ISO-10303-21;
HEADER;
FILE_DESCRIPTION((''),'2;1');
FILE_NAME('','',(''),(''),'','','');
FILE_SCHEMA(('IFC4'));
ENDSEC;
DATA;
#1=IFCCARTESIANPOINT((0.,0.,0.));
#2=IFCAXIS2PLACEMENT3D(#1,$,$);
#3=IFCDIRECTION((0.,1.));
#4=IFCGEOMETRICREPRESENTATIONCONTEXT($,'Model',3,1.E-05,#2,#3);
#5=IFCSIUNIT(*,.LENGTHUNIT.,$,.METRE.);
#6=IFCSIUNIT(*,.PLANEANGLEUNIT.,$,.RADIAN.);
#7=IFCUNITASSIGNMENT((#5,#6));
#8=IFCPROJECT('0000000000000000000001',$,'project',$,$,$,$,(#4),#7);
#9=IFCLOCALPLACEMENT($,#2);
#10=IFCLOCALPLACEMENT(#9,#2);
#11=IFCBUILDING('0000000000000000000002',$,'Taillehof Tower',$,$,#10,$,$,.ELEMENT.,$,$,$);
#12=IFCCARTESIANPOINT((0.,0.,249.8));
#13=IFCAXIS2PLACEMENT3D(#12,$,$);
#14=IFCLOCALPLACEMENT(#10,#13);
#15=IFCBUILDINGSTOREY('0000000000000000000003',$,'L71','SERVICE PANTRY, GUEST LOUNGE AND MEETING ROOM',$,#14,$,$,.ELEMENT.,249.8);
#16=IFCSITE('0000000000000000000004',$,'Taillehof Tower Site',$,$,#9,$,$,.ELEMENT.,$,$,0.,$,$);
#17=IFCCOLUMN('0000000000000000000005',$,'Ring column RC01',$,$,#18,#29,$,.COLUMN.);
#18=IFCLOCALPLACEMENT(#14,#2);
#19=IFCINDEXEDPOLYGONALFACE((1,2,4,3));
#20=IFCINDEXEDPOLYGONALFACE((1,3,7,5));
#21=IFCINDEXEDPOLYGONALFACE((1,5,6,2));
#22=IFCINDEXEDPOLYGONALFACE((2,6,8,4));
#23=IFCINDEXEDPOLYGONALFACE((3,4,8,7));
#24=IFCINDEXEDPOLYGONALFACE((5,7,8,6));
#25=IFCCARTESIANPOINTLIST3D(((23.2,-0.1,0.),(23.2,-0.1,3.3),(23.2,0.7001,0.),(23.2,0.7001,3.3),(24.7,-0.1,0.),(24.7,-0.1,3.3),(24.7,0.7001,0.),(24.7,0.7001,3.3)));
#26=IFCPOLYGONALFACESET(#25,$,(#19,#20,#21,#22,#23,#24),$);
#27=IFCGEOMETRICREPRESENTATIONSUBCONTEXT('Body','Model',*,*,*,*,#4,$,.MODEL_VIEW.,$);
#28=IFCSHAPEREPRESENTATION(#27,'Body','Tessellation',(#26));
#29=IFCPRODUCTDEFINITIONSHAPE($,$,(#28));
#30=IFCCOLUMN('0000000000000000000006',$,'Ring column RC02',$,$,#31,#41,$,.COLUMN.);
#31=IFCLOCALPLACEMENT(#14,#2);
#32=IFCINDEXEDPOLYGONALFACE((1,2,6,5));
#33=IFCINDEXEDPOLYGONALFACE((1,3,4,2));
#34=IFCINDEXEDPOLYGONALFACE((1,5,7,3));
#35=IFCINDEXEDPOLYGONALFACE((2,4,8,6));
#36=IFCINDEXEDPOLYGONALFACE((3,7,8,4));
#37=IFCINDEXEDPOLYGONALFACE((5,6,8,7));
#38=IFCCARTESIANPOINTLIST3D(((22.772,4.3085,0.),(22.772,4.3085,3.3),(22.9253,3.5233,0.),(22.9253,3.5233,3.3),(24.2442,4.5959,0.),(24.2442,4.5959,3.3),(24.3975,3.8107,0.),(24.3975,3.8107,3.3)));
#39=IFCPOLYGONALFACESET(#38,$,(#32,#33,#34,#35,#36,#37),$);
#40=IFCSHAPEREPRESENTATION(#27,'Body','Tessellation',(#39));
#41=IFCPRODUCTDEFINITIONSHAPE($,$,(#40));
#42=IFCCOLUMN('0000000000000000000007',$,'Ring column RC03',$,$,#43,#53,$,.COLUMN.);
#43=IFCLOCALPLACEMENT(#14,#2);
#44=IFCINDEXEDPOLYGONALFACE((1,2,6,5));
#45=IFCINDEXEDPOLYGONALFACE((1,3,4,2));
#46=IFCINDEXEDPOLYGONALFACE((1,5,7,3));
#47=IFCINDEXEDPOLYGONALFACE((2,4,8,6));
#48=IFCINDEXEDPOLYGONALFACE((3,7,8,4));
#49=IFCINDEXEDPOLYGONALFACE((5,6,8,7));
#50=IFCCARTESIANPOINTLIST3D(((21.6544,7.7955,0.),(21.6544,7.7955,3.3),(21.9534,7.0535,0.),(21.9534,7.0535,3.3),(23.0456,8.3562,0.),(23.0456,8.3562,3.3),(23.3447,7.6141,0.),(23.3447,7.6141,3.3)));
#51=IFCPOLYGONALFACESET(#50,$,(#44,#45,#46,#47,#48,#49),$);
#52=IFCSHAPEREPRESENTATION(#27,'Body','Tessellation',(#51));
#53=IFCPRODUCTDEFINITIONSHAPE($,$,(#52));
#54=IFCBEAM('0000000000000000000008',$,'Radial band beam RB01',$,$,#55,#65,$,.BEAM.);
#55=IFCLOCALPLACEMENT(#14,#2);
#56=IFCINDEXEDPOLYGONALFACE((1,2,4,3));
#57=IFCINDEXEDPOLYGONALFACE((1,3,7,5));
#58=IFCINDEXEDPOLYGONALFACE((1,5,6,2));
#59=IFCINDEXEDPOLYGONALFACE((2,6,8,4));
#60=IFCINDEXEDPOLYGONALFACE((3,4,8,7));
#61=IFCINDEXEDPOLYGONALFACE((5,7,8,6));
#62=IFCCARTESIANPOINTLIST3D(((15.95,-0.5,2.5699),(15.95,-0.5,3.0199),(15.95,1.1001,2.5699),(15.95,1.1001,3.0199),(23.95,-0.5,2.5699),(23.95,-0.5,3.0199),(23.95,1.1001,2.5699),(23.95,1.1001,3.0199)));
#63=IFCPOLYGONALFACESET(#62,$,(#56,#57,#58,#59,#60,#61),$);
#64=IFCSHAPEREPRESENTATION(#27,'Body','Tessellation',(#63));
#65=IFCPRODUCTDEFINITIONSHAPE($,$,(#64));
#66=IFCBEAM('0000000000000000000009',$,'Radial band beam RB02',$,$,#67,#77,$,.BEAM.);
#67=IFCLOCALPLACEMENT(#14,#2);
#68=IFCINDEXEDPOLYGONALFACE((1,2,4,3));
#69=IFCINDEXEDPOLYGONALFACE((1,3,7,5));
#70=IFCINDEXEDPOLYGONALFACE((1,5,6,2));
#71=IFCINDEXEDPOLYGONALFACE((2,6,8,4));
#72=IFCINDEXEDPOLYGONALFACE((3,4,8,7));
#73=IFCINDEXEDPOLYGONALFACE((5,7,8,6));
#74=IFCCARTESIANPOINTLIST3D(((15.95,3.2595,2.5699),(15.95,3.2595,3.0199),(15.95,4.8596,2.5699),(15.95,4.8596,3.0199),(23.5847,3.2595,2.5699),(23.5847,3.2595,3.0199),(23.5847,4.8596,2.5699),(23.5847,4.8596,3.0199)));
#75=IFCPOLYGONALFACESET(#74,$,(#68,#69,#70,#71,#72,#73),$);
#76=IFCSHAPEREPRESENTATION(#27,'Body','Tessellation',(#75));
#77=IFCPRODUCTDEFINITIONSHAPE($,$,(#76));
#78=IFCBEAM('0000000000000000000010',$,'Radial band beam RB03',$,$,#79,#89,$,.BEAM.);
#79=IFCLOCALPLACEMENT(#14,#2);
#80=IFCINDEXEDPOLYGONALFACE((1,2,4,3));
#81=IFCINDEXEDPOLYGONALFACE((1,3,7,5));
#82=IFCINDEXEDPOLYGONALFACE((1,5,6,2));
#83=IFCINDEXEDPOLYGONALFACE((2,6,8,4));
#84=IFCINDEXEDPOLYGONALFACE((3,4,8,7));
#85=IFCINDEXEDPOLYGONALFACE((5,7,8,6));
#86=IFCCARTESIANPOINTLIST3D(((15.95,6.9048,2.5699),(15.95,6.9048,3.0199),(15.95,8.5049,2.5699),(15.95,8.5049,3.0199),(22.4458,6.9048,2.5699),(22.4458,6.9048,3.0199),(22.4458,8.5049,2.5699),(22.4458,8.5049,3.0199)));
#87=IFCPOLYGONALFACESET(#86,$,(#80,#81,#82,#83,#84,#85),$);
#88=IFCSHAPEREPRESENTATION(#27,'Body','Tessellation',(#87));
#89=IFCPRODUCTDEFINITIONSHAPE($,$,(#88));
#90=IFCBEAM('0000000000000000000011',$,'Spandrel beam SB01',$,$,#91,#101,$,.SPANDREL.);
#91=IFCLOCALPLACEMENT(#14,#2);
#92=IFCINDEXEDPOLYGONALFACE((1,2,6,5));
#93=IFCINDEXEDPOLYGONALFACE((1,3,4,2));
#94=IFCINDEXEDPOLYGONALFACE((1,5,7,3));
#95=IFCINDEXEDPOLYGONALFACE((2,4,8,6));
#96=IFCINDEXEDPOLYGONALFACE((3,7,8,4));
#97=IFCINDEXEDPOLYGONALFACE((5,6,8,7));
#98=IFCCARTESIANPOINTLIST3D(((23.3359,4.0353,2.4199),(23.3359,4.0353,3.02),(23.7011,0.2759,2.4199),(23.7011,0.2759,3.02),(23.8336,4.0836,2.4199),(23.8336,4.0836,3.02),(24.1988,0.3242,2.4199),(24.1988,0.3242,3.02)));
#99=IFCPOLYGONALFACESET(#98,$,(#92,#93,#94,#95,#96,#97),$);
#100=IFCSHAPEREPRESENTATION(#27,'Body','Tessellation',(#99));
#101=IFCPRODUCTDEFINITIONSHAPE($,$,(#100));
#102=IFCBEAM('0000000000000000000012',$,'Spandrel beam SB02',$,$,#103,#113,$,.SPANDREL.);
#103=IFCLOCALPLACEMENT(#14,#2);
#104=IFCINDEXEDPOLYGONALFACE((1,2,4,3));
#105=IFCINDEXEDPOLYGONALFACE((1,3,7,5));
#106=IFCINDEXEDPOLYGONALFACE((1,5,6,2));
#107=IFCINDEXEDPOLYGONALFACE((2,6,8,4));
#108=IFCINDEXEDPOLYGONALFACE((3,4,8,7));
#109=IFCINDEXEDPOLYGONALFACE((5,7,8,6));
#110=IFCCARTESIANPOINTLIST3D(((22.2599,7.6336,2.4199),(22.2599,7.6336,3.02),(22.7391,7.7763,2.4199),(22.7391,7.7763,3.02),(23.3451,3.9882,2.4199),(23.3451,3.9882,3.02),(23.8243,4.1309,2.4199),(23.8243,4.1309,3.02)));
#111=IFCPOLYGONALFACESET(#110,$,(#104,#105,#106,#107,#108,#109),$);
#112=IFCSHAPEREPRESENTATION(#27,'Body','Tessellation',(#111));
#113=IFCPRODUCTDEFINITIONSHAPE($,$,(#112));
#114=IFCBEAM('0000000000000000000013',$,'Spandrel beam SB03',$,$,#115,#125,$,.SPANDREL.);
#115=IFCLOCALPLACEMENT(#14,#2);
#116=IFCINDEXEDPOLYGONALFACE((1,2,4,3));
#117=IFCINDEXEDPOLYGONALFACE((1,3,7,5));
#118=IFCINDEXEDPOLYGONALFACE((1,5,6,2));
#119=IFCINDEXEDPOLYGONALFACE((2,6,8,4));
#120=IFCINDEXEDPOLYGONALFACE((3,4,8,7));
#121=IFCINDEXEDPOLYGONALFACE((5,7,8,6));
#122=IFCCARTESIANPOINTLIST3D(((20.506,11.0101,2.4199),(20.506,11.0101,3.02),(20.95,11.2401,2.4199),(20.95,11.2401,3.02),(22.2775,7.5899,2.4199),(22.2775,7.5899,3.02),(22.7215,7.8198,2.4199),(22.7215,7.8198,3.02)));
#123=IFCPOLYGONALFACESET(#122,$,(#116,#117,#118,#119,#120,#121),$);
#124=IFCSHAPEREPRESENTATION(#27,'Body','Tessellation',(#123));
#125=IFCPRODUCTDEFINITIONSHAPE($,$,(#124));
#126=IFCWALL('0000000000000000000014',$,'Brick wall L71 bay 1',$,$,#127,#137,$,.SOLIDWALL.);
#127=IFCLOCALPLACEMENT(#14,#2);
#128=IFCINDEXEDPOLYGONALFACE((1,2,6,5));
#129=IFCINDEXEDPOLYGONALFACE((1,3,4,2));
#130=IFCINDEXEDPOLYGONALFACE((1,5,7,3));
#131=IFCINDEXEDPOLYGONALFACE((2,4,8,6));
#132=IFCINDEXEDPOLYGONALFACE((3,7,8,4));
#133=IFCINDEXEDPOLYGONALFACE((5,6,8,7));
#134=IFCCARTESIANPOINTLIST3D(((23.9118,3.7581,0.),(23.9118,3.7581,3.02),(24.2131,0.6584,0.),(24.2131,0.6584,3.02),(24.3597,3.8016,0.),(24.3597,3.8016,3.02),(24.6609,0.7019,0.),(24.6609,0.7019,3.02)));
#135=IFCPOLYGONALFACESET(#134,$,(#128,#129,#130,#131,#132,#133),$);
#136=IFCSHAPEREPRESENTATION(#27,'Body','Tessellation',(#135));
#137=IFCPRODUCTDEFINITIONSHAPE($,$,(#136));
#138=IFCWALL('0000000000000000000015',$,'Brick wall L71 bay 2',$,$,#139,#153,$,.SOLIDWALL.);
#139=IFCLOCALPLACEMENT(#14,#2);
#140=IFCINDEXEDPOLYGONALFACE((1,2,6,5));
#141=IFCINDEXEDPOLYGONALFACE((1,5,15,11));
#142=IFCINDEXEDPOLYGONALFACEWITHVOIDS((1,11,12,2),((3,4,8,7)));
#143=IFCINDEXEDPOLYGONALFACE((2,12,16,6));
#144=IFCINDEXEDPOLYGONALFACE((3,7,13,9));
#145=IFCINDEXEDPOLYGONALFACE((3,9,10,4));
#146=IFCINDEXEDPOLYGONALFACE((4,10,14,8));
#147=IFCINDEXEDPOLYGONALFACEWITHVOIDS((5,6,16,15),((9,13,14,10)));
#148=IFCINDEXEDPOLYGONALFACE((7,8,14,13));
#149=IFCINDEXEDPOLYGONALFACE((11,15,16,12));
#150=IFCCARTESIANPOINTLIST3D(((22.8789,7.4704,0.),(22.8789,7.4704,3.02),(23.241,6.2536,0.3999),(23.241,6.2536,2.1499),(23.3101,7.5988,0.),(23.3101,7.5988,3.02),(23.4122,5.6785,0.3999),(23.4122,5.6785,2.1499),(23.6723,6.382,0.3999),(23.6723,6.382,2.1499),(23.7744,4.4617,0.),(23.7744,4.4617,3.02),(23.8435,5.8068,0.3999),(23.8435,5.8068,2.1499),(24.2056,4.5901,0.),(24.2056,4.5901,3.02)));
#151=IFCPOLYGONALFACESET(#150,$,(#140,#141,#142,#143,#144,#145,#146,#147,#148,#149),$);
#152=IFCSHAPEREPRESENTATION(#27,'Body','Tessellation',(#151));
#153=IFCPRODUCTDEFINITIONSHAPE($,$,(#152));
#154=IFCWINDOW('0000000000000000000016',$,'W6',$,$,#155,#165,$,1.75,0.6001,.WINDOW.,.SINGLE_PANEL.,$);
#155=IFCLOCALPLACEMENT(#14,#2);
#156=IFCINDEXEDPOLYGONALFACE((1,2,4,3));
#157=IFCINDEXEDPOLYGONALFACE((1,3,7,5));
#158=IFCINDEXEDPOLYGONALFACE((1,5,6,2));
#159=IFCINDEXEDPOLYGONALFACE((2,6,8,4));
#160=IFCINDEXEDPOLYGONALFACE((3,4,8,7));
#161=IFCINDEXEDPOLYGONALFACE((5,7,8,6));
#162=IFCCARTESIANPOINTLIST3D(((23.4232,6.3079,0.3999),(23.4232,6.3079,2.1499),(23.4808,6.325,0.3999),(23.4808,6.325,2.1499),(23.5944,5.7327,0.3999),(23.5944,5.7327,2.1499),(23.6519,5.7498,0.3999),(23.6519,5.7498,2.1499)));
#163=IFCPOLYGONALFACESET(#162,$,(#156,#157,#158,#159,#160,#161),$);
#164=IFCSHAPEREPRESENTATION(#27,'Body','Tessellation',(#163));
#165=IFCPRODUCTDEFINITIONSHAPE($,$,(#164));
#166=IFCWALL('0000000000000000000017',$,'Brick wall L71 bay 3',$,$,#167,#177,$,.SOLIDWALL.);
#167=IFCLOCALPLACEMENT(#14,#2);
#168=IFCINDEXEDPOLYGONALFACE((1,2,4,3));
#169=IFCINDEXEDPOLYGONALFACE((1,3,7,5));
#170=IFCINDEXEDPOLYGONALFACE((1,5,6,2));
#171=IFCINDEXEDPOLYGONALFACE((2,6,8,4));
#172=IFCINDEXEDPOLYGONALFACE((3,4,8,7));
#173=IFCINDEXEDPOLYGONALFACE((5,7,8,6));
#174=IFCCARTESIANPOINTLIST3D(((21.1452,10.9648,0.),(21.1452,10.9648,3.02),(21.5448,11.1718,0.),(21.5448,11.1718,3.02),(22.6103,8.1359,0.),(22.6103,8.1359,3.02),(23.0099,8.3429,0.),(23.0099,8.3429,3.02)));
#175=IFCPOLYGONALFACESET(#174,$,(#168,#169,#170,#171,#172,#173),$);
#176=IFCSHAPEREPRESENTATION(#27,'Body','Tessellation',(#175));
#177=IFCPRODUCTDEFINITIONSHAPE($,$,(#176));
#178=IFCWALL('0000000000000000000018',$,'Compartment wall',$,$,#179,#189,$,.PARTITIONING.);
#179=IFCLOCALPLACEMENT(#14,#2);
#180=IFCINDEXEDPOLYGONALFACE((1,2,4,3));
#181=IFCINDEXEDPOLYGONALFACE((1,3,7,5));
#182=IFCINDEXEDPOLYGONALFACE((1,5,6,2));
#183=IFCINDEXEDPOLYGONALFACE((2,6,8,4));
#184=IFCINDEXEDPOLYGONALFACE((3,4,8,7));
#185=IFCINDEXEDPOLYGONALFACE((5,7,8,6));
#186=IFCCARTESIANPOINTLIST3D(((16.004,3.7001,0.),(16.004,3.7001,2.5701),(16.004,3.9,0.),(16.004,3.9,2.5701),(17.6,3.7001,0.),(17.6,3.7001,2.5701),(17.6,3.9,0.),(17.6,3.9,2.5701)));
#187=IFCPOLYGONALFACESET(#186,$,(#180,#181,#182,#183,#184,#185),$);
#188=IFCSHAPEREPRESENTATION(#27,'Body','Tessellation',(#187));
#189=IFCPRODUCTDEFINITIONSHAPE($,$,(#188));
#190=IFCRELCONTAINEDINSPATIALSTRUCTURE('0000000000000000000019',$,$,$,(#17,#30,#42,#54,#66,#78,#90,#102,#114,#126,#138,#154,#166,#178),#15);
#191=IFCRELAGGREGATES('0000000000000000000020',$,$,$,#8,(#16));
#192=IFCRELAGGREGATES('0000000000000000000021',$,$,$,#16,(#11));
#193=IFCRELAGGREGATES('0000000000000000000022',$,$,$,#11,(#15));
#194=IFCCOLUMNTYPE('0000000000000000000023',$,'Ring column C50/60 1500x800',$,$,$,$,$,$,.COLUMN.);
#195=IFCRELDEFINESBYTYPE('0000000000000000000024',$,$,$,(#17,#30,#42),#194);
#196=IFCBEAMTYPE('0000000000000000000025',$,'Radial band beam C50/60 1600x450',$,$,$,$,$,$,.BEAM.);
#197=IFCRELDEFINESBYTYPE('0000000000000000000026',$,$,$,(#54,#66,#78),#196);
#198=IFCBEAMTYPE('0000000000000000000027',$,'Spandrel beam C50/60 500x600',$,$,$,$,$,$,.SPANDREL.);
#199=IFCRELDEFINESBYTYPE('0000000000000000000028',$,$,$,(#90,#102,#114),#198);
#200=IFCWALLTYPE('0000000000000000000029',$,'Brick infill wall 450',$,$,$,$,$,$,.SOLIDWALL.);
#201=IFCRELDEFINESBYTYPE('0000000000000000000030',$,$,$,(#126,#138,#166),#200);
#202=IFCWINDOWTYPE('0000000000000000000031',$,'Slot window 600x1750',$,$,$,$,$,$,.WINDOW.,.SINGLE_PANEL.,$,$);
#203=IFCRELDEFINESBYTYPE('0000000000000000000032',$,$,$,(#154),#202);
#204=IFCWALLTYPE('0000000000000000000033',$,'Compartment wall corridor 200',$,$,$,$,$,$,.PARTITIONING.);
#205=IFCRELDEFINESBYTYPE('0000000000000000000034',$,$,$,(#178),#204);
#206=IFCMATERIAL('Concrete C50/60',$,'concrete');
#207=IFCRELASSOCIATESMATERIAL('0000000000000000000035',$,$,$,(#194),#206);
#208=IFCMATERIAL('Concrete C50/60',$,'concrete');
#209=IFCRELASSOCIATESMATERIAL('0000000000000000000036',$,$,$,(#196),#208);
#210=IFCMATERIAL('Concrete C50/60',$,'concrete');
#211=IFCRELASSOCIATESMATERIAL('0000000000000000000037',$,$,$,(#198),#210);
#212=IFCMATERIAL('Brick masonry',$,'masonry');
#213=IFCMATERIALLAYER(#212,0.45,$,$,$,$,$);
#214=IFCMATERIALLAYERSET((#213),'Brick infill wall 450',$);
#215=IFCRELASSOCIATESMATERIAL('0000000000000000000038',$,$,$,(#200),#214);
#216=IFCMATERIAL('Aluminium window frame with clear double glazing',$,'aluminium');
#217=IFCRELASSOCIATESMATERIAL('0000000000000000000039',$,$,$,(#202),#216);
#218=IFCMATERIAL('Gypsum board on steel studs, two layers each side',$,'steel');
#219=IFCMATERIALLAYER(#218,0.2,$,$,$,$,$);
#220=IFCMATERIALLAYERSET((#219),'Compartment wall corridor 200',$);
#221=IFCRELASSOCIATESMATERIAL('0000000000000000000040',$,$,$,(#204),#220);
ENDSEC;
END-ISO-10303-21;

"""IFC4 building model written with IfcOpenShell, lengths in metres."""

from ifc_helpers import new_model, si_unit, direction, frame, frame_2d, origin, origin_2d, place, context, subcontext, project, spatial, rectangle, extrude, material, layer, layer_set, material_profile, profile_set, type_object, element, fill, save


model = new_model("IFC4")

# Units and contexts
model_context = context("Model", 3, precision=1e-05, world=origin(), true_north=direction((0.0, 1.0)))
body_context = subcontext(model_context, "Body", "Model", "MODEL_VIEW")
ifc_project = project(units=[si_unit("LENGTHUNIT", "METRE"), si_unit("PLANEANGLEUNIT", "RADIAN")], contexts=[model_context])

# Site, building, storey
site_placement = place(None, origin())
site = spatial("IfcSite", under=ifc_project, at=site_placement, Name="Taillehof Tower Site", CompositionType="ELEMENT", RefElevation=0.0)
building_placement = place(site_placement, origin())
building = spatial("IfcBuilding", under=site, at=building_placement, Name="Taillehof Tower", CompositionType="ELEMENT")
storey_placement = place(building_placement, frame((0.0, 0.0, 249.8)))
storey = spatial("IfcBuildingStorey", under=building, at=storey_placement, Name="L71", Description="SERVICE PANTRY, GUEST LOUNGE AND MEETING ROOM", CompositionType="ELEMENT", Elevation=249.8)

# Columns
ifc_material_1 = material(Name="Concrete C50/60", Category="concrete")
ifc_material_profile_1 = material_profile(ifc_material_1, rectangle(XDim=1.5, YDim=0.8, at=origin_2d()), Name="RC 1500x800")
ifc_profile_set_1 = profile_set([ifc_material_profile_1], Name="Concrete C50/60")
column_type = type_object("IfcColumnType", Name="Ring column C50/60 1500x800", PredefinedType="COLUMN", material=ifc_profile_set_1)
for number, where, z_axis, x_axis, name in (
    (1, (23.95, 0.3, 0.0), (0.0, 0.0, 1.0), (1.0, 0.0, 0.0), "Ring column RC01"),
    (2, (23.5847, 4.0596, 0.0), (0.0, 0.0, 1.0), (0.981473, 0.191602, 0.0), "Ring column RC02"),
    (3, (22.4995, 7.7048, 0.0), (0.0, 0.0, 1.0), (0.927525, 0.373762, 0.0), "Ring column RC03"),
):
    element("IfcColumn", number, at=place(storey_placement, frame(where, z_axis=z_axis, x_axis=x_axis)), inside=storey, type_object=column_type, Name=name, PredefinedType="COLUMN", context=body_context, shape_type="SweptSolid", body=[
        extrude(rectangle(XDim=1.5, YDim=0.8, at=origin_2d()), origin(), (0.0, 0.0, 1.0), 3.3),
    ])

# Beams
ifc_material_2 = material(Name="Concrete C50/60", Category="concrete")
ifc_material_profile_2 = material_profile(ifc_material_2, rectangle(XDim=1.6001, YDim=0.45, at=origin_2d()), Name="RC 1600x450")
ifc_profile_set_2 = profile_set([ifc_material_profile_2], Name="Concrete C50/60")
beam_type_1 = type_object("IfcBeamType", Name="Radial band beam C50/60 1600x450", PredefinedType="BEAM", material=ifc_profile_set_2)
beam_1_placement = place(storey_placement, frame((23.95, 0.3, 2.7949), z_axis=(-1.0, 0.0, 0.0), x_axis=(0.0, -1.0, 0.0)))
element("IfcBeam", 4, at=beam_1_placement, inside=storey, type_object=beam_type_1, Name="Radial band beam RB01", PredefinedType="BEAM", context=body_context, shape_type="SweptSolid", body=[
    extrude(rectangle(XDim=1.6001, YDim=0.45, at=origin_2d()), origin(), (0.0, 0.0, 1.0), 8.0),
])
beam_2_placement = place(storey_placement, frame((23.5847, 4.0596, 2.7949), z_axis=(-1.0, 0.0, 0.0), x_axis=(0.0, -1.0, 0.0)))
element("IfcBeam", 5, at=beam_2_placement, inside=storey, type_object=beam_type_1, Name="Radial band beam RB02", PredefinedType="BEAM", context=body_context, shape_type="SweptSolid", body=[
    extrude(rectangle(XDim=1.6001, YDim=0.45, at=origin_2d()), origin(), (0.0, 0.0, 1.0), 7.6348),
])
beam_3_placement = place(storey_placement, frame((22.4458, 7.7048, 2.7949), z_axis=(-1.0, 0.0, 0.0), x_axis=(0.0, -1.0, 0.0)))
element("IfcBeam", 6, at=beam_3_placement, inside=storey, type_object=beam_type_1, Name="Radial band beam RB03", PredefinedType="BEAM", context=body_context, shape_type="SweptSolid", body=[
    extrude(rectangle(XDim=1.6001, YDim=0.45, at=origin_2d()), origin(), (0.0, 0.0, 1.0), 6.4958),
])
ifc_material_3 = material(Name="Concrete C50/60", Category="concrete")
ifc_material_profile_3 = material_profile(ifc_material_3, rectangle(XDim=0.5, YDim=0.6001, at=origin_2d()), Name="RC 500x600")
ifc_profile_set_3 = profile_set([ifc_material_profile_3], Name="Concrete C50/60")
beam_type_2 = type_object("IfcBeamType", Name="Spandrel beam C50/60 500x600", PredefinedType="SPANDREL", material=ifc_profile_set_3)
beam_4_placement = place(storey_placement, frame((23.95, 0.3, 2.72), z_axis=(-0.096694, 0.995314, 0.0), x_axis=(-0.995314, -0.096694, 0.0)))
element("IfcBeam", 7, at=beam_4_placement, inside=storey, type_object=beam_type_2, Name="Spandrel beam SB01", PredefinedType="SPANDREL", context=body_context, shape_type="SweptSolid", body=[
    extrude(rectangle(XDim=0.5, YDim=0.6001, at=origin_2d()), origin(), (0.0, 0.0, 1.0), 3.7771),
])
beam_5_placement = place(storey_placement, frame((23.5847, 4.0596, 2.72), z_axis=(-0.285327, 0.95843, 0.0), x_axis=(-0.95843, -0.285327, 0.0)))
element("IfcBeam", 8, at=beam_5_placement, inside=storey, type_object=beam_type_2, Name="Spandrel beam SB02", PredefinedType="SPANDREL", context=body_context, shape_type="SweptSolid", body=[
    extrude(rectangle(XDim=0.5, YDim=0.6001, at=origin_2d()), origin(), (0.0, 0.0, 1.0), 3.8035),
])
beam_6_placement = place(storey_placement, frame((22.4995, 7.7048, 2.72), z_axis=(-0.459921, 0.88796, 0.0), x_axis=(-0.88796, -0.459921, 0.0)))
element("IfcBeam", 9, at=beam_6_placement, inside=storey, type_object=beam_type_2, Name="Spandrel beam SB03", PredefinedType="SPANDREL", context=body_context, shape_type="SweptSolid", body=[
    extrude(rectangle(XDim=0.5, YDim=0.6001, at=origin_2d()), origin(), (0.0, 0.0, 1.0), 3.8518),
])

# Wall
ifc_material_4 = material(Name="Brick masonry", Category="masonry")
ifc_layer_1 = layer(ifc_material_4, 0.45)
ifc_layer_set_1 = layer_set([ifc_layer_1], Name="Brick infill wall 450")
wall_type_1 = type_object("IfcWallType", Name="Brick infill wall 450", PredefinedType="SOLIDWALL", material=ifc_layer_set_1)
wall_1_placement = place(storey_placement, frame((24.437, 0.6802, 0.0), z_axis=(0.0, 0.0, 1.0), x_axis=(-0.09674, 0.99531, 0.0)))
element("IfcWall", 10, at=wall_1_placement, inside=storey, type_object=wall_type_1, Name="Brick wall L71 bay 1", PredefinedType="SOLIDWALL", context=body_context, shape_type="SweptSolid", body=[
    extrude(rectangle(XDim=3.1143, YDim=0.45, at=frame_2d((1.5571, 0.0))), origin(), (0.0, 0.0, 1.0), 3.02),
])

# Wall, opening, window
wall_2_placement = place(storey_placement, frame((23.99, 4.5259, 0.0), z_axis=(0.0, 0.0, 1.0), x_axis=(-0.285264, 0.958449, 0.0)))
wall_2 = element("IfcWall", 11, at=wall_2_placement, inside=storey, type_object=wall_type_1, Name="Brick wall L71 bay 2", PredefinedType="SOLIDWALL", context=body_context, shape_type="SweptSolid", body=[
    extrude(rectangle(XDim=3.1392, YDim=0.45, at=frame_2d((1.5696, 0.0))), origin(), (0.0, 0.0, 1.0), 3.02),
])
opening_placement = place(wall_2_placement, frame((1.2695, 0.0, 0.3999)))
opening = element("IfcOpeningElement", 12, at=opening_placement, cuts=wall_2, PredefinedType="OPENING", context=body_context, shape_type="SweptSolid", body=[
    extrude(rectangle(XDim=0.6001, YDim=1.75, at=frame_2d((0.3, 0.875))), frame((0.0, 0.2349, 0.0), z_axis=(0.0, -1.0, 0.0), x_axis=(1.0, 0.0, 0.0)), (0.0, 0.0, 1.0), 0.47),
])
ifc_material_5 = material(Name="Aluminium window frame with clear double glazing", Category="aluminium")
window_type = type_object("IfcWindowType", Name="Slot window 600x1750", PartitioningType="SINGLE_PANEL", PredefinedType="WINDOW", material=ifc_material_5)
window_placement = place(opening_placement, origin())
window = element("IfcWindow", 13, at=window_placement, inside=storey, type_object=window_type, Name="W6", OverallHeight=1.75, OverallWidth=0.6001, PartitioningType="SINGLE_PANEL", PredefinedType="WINDOW", context=body_context, shape_type="SweptSolid", body=[
    extrude(rectangle(XDim=0.6001, YDim=1.75, at=frame_2d((0.3, 0.875))), frame((0.0, 0.0349, 0.0), z_axis=(0.0, -1.0, 0.0), x_axis=(1.0, 0.0, 0.0)), (0.0, 0.0, 1.0), 0.0601),
])
fill(opening, window)

# Walls
wall_3_placement = place(storey_placement, frame((22.8101, 8.2395, 0.0), z_axis=(0.0, 0.0, 1.0), x_axis=(-0.45989, 0.887976, 0.0)))
element("IfcWall", 14, at=wall_3_placement, inside=storey, type_object=wall_type_1, Name="Brick wall L71 bay 3", PredefinedType="SOLIDWALL", context=body_context, shape_type="SweptSolid", body=[
    extrude(rectangle(XDim=3.1858, YDim=0.45, at=frame_2d((1.5928, 0.0))), origin(), (0.0, 0.0, 1.0), 3.02),
])
ifc_material_6 = material(Name="Gypsum board on steel studs, two layers each side", Category="steel")
ifc_layer_2 = layer(ifc_material_6, 0.2)
ifc_layer_set_2 = layer_set([ifc_layer_2], Name="Compartment wall corridor 200")
wall_type_2 = type_object("IfcWallType", Name="Compartment wall corridor 200", PredefinedType="PARTITIONING", material=ifc_layer_set_2)
wall_4_placement = place(storey_placement, frame((17.5999, 3.8, 0.0), z_axis=(0.0, 0.0, 1.0), x_axis=(-1.0, 0.0, 0.0)))
element("IfcWall", 15, at=wall_4_placement, inside=storey, type_object=wall_type_2, Name="Compartment wall", PredefinedType="PARTITIONING", context=body_context, shape_type="SweptSolid", body=[
    extrude(rectangle(XDim=1.5959, YDim=0.2, at=frame_2d((0.7979, 0.0))), origin(), (0.0, 0.0, 1.0), 2.5701),
])

save(model, "model.ifc")
